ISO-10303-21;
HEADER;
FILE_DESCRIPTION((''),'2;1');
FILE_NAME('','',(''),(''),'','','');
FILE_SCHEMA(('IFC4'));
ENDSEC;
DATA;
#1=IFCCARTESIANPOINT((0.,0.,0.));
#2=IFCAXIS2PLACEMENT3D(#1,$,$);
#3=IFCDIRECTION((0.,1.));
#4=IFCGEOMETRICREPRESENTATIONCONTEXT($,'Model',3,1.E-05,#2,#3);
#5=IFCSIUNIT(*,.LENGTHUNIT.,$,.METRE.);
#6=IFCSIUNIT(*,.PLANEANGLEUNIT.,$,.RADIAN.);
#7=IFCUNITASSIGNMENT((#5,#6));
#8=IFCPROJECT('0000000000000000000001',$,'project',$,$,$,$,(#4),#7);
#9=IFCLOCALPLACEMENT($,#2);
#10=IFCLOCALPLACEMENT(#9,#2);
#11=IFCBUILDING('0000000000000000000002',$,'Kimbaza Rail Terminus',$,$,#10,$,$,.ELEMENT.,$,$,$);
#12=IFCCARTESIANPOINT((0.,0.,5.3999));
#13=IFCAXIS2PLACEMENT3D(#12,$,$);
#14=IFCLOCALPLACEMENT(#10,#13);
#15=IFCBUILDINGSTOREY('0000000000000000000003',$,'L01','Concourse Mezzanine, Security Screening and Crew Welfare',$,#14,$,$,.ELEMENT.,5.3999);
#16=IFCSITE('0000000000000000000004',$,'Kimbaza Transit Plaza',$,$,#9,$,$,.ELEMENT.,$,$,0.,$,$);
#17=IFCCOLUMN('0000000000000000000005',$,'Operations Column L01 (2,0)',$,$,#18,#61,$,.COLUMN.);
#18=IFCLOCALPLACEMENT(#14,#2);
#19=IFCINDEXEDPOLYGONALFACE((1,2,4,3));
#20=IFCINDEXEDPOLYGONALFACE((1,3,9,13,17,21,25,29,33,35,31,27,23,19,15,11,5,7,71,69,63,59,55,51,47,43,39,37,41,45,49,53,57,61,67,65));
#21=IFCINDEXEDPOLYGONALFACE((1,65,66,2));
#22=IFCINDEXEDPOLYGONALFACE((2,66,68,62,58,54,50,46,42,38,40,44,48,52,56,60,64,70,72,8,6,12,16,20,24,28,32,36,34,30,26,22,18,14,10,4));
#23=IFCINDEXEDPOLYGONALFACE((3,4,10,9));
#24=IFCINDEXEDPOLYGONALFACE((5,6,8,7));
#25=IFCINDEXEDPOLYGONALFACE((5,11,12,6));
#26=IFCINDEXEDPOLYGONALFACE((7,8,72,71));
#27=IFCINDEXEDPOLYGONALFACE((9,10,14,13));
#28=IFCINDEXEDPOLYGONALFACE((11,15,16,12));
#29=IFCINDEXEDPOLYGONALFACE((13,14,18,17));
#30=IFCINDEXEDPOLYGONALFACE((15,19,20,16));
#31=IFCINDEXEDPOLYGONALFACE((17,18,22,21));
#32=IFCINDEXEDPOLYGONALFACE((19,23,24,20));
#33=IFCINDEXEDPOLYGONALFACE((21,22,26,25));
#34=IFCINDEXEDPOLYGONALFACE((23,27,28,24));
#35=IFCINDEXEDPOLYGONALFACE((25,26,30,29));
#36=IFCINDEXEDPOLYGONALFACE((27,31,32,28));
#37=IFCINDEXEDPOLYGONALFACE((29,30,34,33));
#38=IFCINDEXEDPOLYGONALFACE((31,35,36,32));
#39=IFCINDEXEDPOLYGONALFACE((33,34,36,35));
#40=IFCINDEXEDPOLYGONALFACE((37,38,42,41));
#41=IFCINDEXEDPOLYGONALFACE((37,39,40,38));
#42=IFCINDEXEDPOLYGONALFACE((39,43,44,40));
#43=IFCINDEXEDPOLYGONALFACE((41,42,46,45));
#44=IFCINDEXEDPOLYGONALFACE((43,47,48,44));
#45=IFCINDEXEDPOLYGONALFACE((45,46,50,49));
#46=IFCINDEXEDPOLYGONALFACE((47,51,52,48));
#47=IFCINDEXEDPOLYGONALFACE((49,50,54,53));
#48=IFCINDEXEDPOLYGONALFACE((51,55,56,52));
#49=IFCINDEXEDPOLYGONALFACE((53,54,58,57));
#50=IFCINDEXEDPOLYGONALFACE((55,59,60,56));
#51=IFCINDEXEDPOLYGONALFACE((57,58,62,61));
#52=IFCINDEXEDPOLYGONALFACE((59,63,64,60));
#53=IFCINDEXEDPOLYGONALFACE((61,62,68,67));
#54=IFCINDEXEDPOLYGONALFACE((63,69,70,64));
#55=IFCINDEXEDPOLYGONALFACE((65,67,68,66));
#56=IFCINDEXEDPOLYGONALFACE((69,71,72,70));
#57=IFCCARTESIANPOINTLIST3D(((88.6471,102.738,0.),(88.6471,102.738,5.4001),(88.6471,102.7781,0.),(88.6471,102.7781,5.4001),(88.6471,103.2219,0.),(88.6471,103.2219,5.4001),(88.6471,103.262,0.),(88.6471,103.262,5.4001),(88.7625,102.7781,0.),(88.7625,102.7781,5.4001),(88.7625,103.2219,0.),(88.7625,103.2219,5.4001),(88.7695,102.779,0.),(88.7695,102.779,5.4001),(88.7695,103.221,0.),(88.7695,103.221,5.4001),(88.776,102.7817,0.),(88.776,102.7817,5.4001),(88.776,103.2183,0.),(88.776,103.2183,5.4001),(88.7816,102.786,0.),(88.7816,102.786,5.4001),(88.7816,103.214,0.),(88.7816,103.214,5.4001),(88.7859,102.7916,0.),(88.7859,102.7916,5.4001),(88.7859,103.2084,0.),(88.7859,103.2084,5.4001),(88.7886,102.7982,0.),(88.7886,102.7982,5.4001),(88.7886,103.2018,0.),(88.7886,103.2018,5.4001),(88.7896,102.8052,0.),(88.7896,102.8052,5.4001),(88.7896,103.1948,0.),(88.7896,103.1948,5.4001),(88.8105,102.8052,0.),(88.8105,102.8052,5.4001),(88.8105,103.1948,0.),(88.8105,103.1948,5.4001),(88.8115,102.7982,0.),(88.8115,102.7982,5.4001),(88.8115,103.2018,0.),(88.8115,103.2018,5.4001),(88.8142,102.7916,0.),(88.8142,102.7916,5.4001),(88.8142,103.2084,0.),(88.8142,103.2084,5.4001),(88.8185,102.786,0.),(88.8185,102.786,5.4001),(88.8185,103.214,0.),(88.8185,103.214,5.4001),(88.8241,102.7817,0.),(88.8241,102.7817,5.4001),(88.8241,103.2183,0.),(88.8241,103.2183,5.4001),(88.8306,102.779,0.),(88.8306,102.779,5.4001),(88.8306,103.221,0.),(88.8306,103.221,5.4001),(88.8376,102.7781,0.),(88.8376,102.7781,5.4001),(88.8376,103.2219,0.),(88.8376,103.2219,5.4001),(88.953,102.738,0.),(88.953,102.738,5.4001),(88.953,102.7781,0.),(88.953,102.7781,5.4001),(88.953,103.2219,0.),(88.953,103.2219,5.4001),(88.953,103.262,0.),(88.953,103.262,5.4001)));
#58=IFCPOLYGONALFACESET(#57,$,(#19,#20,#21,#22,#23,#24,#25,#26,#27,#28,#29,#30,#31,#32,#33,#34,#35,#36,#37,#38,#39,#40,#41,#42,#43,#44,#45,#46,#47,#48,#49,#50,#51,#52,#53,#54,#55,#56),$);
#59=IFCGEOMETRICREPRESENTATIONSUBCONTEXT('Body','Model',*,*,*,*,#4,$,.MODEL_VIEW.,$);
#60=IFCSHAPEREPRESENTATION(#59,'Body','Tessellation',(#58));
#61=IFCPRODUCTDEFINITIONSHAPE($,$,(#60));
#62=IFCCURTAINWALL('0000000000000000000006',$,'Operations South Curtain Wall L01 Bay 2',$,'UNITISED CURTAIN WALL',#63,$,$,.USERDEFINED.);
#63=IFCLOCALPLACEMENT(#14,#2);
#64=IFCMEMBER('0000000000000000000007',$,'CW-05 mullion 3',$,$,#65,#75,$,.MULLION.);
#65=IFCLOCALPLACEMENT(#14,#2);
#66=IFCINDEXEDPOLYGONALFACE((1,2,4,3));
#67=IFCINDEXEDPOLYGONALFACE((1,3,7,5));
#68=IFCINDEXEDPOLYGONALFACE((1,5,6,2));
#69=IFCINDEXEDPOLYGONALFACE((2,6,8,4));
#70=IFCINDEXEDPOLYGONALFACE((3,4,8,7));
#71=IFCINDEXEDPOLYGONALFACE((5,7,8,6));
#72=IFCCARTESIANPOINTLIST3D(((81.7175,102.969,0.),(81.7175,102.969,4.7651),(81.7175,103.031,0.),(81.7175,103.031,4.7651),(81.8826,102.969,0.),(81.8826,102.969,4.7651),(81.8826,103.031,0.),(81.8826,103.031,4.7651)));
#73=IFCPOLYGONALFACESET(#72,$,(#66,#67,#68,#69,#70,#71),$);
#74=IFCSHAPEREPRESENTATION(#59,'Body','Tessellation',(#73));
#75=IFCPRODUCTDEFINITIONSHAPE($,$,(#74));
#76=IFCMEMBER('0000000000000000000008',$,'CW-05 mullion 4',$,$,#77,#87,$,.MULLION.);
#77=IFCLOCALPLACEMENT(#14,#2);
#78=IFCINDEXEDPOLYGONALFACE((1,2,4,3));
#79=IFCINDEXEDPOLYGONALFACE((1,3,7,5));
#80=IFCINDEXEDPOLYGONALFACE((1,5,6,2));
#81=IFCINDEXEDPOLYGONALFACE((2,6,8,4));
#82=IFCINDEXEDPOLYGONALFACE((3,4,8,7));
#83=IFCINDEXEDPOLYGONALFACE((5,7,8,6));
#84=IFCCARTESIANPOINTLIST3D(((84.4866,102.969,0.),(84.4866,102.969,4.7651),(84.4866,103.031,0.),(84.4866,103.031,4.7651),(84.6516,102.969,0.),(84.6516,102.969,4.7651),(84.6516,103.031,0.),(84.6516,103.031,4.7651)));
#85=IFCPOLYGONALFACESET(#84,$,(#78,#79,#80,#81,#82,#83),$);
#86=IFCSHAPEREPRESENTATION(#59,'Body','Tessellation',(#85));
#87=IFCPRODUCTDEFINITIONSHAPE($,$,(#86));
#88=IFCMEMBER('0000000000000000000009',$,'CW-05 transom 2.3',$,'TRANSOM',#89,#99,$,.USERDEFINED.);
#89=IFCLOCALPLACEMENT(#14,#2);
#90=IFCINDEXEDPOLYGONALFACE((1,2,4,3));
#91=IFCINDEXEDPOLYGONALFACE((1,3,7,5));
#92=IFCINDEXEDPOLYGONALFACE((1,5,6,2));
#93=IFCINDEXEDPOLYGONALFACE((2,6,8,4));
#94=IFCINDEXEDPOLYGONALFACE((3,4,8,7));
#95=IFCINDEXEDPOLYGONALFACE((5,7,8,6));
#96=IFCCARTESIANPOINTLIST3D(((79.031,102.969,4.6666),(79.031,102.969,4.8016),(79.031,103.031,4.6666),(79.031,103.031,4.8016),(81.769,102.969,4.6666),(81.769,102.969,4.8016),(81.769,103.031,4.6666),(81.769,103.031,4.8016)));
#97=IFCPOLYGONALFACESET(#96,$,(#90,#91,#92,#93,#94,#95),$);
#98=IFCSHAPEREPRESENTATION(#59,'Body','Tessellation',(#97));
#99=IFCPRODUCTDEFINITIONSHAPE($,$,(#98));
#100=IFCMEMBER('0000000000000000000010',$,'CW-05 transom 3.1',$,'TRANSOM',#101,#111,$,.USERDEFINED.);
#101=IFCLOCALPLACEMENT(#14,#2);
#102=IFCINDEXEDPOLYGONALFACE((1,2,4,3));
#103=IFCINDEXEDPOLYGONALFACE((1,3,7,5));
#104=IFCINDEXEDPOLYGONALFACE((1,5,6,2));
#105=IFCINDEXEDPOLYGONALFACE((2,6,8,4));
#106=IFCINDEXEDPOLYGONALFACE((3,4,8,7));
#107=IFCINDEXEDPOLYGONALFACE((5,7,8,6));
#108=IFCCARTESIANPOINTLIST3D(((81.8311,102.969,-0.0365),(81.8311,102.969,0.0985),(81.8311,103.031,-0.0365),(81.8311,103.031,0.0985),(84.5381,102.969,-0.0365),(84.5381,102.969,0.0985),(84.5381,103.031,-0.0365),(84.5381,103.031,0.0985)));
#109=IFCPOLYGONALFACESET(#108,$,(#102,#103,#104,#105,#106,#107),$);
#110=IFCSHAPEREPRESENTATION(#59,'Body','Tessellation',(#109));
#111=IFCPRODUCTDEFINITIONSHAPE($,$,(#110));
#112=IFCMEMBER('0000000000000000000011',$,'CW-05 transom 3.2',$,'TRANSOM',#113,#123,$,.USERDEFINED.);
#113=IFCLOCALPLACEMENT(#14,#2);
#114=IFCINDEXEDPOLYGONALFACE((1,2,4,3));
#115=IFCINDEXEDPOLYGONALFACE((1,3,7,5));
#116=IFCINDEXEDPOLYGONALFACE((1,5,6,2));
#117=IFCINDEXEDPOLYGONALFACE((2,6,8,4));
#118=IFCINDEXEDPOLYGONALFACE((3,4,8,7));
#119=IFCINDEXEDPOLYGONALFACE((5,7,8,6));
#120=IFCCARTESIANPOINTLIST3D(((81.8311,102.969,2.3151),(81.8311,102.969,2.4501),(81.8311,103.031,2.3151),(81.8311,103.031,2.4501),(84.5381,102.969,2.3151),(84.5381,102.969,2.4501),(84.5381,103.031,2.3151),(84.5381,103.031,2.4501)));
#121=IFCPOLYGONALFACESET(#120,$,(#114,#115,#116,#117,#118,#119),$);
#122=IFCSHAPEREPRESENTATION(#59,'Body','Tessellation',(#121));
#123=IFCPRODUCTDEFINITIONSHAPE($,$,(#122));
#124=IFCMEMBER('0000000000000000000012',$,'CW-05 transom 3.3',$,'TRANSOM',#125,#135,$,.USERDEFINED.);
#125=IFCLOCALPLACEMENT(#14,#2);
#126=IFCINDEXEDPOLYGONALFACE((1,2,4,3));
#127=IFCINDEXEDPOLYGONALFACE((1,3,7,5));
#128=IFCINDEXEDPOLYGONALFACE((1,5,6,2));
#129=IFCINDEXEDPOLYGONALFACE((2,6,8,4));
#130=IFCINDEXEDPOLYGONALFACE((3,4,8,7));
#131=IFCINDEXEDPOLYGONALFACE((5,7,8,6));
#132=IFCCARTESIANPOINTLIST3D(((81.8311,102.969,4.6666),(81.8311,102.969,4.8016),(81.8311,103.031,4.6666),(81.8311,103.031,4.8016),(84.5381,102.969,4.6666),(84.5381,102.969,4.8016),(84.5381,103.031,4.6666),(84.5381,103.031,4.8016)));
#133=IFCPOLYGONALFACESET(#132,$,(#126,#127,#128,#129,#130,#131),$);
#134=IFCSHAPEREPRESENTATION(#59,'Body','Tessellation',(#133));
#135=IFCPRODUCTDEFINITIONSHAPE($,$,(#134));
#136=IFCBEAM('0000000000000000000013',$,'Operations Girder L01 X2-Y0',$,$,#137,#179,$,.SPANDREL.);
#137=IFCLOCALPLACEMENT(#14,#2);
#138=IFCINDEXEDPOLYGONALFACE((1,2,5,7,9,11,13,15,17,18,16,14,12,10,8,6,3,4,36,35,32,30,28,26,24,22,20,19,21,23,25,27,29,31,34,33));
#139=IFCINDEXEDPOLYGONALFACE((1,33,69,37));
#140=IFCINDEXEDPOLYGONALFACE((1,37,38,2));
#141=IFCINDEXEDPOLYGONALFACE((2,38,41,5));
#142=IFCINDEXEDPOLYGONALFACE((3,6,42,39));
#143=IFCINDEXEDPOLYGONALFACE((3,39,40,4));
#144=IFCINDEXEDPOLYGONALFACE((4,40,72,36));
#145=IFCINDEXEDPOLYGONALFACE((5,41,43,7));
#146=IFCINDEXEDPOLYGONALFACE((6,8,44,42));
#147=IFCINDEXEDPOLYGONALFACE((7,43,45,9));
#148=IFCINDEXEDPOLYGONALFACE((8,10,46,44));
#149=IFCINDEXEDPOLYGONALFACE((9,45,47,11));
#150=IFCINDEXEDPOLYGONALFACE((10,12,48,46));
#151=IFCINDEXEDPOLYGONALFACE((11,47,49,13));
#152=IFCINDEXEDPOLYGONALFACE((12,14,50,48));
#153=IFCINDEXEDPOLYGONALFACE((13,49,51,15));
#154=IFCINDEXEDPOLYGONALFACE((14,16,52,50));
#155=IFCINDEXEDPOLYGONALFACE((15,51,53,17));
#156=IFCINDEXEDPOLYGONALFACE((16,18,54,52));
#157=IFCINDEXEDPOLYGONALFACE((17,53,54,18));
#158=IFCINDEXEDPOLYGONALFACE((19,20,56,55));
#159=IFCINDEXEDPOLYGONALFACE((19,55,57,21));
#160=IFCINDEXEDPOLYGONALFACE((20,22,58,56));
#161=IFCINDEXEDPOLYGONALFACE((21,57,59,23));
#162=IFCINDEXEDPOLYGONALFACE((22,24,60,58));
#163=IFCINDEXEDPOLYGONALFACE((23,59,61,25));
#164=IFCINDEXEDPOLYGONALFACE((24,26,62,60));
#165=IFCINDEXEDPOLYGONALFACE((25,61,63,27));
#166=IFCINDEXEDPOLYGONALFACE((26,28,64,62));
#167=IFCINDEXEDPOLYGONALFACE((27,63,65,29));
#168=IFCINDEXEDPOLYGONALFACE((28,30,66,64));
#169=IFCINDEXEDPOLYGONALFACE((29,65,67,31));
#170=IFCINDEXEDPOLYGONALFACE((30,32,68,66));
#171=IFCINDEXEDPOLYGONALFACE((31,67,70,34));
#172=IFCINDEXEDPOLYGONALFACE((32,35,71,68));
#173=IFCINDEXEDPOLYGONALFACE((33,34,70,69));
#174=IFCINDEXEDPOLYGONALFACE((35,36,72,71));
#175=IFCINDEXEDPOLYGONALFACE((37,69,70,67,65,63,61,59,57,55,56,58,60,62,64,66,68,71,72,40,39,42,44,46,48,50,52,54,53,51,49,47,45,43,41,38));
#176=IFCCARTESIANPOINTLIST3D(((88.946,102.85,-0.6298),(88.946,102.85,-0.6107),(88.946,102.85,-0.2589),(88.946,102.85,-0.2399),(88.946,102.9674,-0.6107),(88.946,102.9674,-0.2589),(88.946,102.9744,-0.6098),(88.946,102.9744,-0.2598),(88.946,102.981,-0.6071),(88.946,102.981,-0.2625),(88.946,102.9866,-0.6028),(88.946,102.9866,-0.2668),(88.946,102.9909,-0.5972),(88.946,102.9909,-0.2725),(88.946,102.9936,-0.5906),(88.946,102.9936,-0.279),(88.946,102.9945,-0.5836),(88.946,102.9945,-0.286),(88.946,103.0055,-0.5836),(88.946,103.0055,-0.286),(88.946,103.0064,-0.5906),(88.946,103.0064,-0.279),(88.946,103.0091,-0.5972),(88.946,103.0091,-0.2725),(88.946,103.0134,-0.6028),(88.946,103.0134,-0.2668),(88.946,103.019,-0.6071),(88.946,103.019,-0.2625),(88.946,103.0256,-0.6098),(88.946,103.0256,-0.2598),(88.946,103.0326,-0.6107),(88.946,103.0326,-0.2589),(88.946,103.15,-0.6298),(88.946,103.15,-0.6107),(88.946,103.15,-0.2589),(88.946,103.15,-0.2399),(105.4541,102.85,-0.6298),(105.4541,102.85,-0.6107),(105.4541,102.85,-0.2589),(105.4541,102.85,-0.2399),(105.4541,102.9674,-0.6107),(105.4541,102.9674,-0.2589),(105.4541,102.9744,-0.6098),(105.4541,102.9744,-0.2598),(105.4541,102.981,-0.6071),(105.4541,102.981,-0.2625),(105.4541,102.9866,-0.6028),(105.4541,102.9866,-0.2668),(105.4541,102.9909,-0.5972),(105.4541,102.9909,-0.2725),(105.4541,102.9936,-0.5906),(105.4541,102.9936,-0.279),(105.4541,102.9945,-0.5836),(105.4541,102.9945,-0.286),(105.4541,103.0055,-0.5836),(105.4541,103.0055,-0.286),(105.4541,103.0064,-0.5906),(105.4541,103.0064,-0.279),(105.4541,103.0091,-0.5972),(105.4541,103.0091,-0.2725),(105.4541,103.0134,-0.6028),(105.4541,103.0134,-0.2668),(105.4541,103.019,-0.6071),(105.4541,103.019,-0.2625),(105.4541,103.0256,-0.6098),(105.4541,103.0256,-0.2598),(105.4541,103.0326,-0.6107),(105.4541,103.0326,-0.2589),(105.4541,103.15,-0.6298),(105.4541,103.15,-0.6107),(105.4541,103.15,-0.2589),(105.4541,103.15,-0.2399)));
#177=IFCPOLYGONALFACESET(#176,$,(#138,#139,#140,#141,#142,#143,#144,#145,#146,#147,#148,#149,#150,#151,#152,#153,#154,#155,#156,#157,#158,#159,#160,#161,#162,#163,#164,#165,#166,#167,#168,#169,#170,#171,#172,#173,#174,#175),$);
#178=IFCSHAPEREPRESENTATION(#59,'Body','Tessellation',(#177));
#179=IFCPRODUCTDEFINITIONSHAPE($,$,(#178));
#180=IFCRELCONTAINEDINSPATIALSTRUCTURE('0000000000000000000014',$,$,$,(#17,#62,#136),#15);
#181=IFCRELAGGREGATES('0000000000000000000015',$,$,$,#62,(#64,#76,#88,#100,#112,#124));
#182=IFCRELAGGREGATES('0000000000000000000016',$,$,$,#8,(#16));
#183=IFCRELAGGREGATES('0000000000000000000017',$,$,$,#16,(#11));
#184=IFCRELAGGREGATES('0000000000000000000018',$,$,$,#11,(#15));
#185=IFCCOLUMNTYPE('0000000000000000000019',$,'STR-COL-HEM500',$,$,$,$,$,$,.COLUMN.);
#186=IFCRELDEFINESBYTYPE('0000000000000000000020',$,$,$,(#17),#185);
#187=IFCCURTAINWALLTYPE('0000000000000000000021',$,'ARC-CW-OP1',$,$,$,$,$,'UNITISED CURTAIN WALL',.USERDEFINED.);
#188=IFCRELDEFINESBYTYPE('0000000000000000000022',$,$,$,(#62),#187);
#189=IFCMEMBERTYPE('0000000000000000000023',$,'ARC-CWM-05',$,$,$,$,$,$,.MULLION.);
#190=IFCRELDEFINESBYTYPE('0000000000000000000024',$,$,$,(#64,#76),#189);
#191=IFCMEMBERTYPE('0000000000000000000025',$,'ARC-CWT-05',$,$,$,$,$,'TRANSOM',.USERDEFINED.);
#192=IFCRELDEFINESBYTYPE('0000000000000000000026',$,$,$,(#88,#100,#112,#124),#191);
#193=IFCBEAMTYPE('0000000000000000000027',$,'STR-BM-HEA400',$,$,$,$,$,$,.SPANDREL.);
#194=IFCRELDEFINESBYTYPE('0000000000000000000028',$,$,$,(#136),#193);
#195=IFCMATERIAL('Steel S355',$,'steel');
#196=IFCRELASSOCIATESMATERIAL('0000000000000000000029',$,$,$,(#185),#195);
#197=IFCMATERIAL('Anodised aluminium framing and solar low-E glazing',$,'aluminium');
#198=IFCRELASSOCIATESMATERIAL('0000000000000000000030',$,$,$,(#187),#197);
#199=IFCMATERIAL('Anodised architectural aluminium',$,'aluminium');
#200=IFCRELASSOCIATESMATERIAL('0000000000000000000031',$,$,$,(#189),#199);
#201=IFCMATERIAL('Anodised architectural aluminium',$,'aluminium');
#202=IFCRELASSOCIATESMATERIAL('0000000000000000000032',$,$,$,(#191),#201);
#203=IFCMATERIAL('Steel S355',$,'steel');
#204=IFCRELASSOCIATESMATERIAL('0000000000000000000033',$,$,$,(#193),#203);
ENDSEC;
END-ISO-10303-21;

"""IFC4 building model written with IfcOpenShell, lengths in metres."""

from ifc_helpers import new_model, si_unit, direction, frame, origin, origin_2d, place, context, subcontext, project, spatial, rectangle, i_section, extrude, material, material_profile, profile_set, type_object, element, aggregate, save


model = new_model("IFC4")

# Units and contexts
model_context = context("Model", 3, precision=1e-05, world=origin(), true_north=direction((0.0, 1.0)))
body_context = subcontext(model_context, "Body", "Model", "MODEL_VIEW")
ifc_project = project(units=[si_unit("LENGTHUNIT", "METRE"), si_unit("PLANEANGLEUNIT", "RADIAN")], contexts=[model_context])

# Site, building, storey
site_placement = place(None, origin())
site = spatial("IfcSite", under=ifc_project, at=site_placement, Name="Kimbaza Transit Plaza", CompositionType="ELEMENT", RefElevation=0.0)
building_placement = place(site_placement, origin())
building = spatial("IfcBuilding", under=site, at=building_placement, Name="Kimbaza Rail Terminus", CompositionType="ELEMENT")
storey_placement = place(building_placement, frame((0.0, 0.0, 5.3999)))
storey = spatial("IfcBuildingStorey", under=building, at=storey_placement, Name="L01", Description="Concourse Mezzanine, Security Screening and Crew Welfare", CompositionType="ELEMENT", Elevation=5.3999)

# Column
ifc_material_1 = material(Name="Steel S355", Category="steel")
ifc_material_profile_1 = material_profile(ifc_material_1, i_section(OverallWidth=0.3059, OverallDepth=0.5239, WebThickness=0.021, FlangeThickness=0.04, FilletRadius=0.0271, at=origin_2d()), Name="HEM 500")
ifc_profile_set_1 = profile_set([ifc_material_profile_1], Name="Steel S355")
column_type = type_object("IfcColumnType", Name="STR-COL-HEM500", PredefinedType="COLUMN", material=ifc_profile_set_1)
column_placement = place(storey_placement, frame((88.8, 103.0, 0.0), z_axis=(0.0, 0.0, 1.0), x_axis=(1.0, 0.0, 0.0)))
element("IfcColumn", 1, at=column_placement, inside=storey, type_object=column_type, Name="Operations Column L01 (2,0)", PredefinedType="COLUMN", context=body_context, shape_type="SweptSolid", body=[
    extrude(i_section(OverallWidth=0.3059, OverallDepth=0.5239, WebThickness=0.021, FlangeThickness=0.04, FilletRadius=0.0271, at=origin_2d()), origin(), (0.0, 0.0, 1.0), 5.4001),
])

# Curtain wall, members
ifc_material_2 = material(Name="Anodised aluminium framing and solar low-E glazing", Category="aluminium")
curtain_wall_type = type_object("IfcCurtainWallType", Name="ARC-CW-OP1", ElementType="UNITISED CURTAIN WALL", PredefinedType="USERDEFINED", material=ifc_material_2)
curtain_wall_placement = place(storey_placement, origin())
curtain_wall = element("IfcCurtainWall", 2, at=curtain_wall_placement, inside=storey, type_object=curtain_wall_type, Name="Operations South Curtain Wall L01 Bay 2", ObjectType="UNITISED CURTAIN WALL", PredefinedType="USERDEFINED")
ifc_material_3 = material(Name="Anodised architectural aluminium", Category="aluminium")
ifc_material_profile_2 = material_profile(ifc_material_3, rectangle(XDim=0.062, YDim=0.165, at=origin_2d()), Name="MULLION 62x165")
ifc_profile_set_2 = profile_set([ifc_material_profile_2], Name="Anodised architectural aluminium")
member_type_1 = type_object("IfcMemberType", Name="ARC-CWM-05", PredefinedType="MULLION", material=ifc_profile_set_2)
member_1_placement = place(storey_placement, frame((81.8, 103.0, 0.0), z_axis=(0.0, 0.0, 1.0), x_axis=(0.0, 1.0, 0.0)))
member_1 = element("IfcMember", 3, at=member_1_placement, type_object=member_type_1, Name="CW-05 mullion 3", PredefinedType="MULLION", context=body_context, shape_type="SweptSolid", body=[
    extrude(rectangle(XDim=0.062, YDim=0.165, at=origin_2d()), origin(), (0.0, 0.0, 1.0), 4.7651),
])
member_2_placement = place(storey_placement, frame((84.5691, 103.0, 0.0), z_axis=(0.0, 0.0, 1.0), x_axis=(0.0, 1.0, 0.0)))
member_2 = element("IfcMember", 4, at=member_2_placement, type_object=member_type_1, Name="CW-05 mullion 4", PredefinedType="MULLION", context=body_context, shape_type="SweptSolid", body=[
    extrude(rectangle(XDim=0.062, YDim=0.165, at=origin_2d()), origin(), (0.0, 0.0, 1.0), 4.7651),
])
ifc_material_4 = material(Name="Anodised architectural aluminium", Category="aluminium")
ifc_material_profile_3 = material_profile(ifc_material_4, rectangle(XDim=0.062, YDim=0.135, at=origin_2d()), Name="TRANSOM 62x135")
ifc_profile_set_3 = profile_set([ifc_material_profile_3], Name="Anodised architectural aluminium")
member_type_2 = type_object("IfcMemberType", Name="ARC-CWT-05", ElementType="TRANSOM", PredefinedType="USERDEFINED", material=ifc_profile_set_3)
member_3_placement = place(storey_placement, frame((79.031, 103.0, 4.7341), z_axis=(1.0, 0.0, 0.0), x_axis=(0.0, 1.0, 0.0)))
member_3 = element("IfcMember", 5, at=member_3_placement, type_object=member_type_2, Name="CW-05 transom 2.3", ObjectType="TRANSOM", PredefinedType="USERDEFINED", context=body_context, shape_type="SweptSolid", body=[
    extrude(rectangle(XDim=0.062, YDim=0.135, at=origin_2d()), origin(), (0.0, 0.0, 1.0), 2.738),
])
member_4_placement = place(storey_placement, frame((81.8311, 103.0, 0.031), z_axis=(1.0, 0.0, 0.0), x_axis=(0.0, 1.0, 0.0)))
member_4 = element("IfcMember", 6, at=member_4_placement, type_object=member_type_2, Name="CW-05 transom 3.1", ObjectType="TRANSOM", PredefinedType="USERDEFINED", context=body_context, shape_type="SweptSolid", body=[
    extrude(rectangle(XDim=0.062, YDim=0.135, at=origin_2d()), origin(), (0.0, 0.0, 1.0), 2.707),
])
member_5_placement = place(storey_placement, frame((81.8311, 103.0, 2.3826), z_axis=(1.0, 0.0, 0.0), x_axis=(0.0, 1.0, 0.0)))
member_5 = element("IfcMember", 7, at=member_5_placement, type_object=member_type_2, Name="CW-05 transom 3.2", ObjectType="TRANSOM", PredefinedType="USERDEFINED", context=body_context, shape_type="SweptSolid", body=[
    extrude(rectangle(XDim=0.062, YDim=0.135, at=origin_2d()), origin(), (0.0, 0.0, 1.0), 2.707),
])
member_6_placement = place(storey_placement, frame((81.8311, 103.0, 4.7341), z_axis=(1.0, 0.0, 0.0), x_axis=(0.0, 1.0, 0.0)))
member_6 = element("IfcMember", 8, at=member_6_placement, type_object=member_type_2, Name="CW-05 transom 3.3", ObjectType="TRANSOM", PredefinedType="USERDEFINED", context=body_context, shape_type="SweptSolid", body=[
    extrude(rectangle(XDim=0.062, YDim=0.135, at=origin_2d()), origin(), (0.0, 0.0, 1.0), 2.707),
])

# Beam
ifc_material_5 = material(Name="Steel S355", Category="steel")
ifc_material_profile_4 = material_profile(ifc_material_5, i_section(OverallWidth=0.3, OverallDepth=0.3899, WebThickness=0.011, FlangeThickness=0.019, FilletRadius=0.0271, at=origin_2d()), Name="HEA 400")
ifc_profile_set_4 = profile_set([ifc_material_profile_4], Name="Steel S355")
beam_type_1 = type_object("IfcBeamType", Name="STR-BM-HEA400", PredefinedType="SPANDREL", material=ifc_profile_set_4)
beam_1_placement = place(storey_placement, frame((88.946, 103.0, -0.4348), z_axis=(1.0, 0.0, 0.0), x_axis=(0.0, 1.0, 0.0)))
element("IfcBeam", 9, at=beam_1_placement, inside=storey, type_object=beam_type_1, Name="Operations Girder L01 X2-Y0", PredefinedType="SPANDREL", context=body_context, shape_type="SweptSolid", body=[
    extrude(i_section(OverallWidth=0.3, OverallDepth=0.3899, WebThickness=0.011, FlangeThickness=0.019, FilletRadius=0.0271, at=origin_2d()), origin(), (0.0, 0.0, 1.0), 16.5081),
])

aggregate(curtain_wall, [member_1, member_2, member_3, member_4, member_5, member_6])

save(model, "model.ifc")
